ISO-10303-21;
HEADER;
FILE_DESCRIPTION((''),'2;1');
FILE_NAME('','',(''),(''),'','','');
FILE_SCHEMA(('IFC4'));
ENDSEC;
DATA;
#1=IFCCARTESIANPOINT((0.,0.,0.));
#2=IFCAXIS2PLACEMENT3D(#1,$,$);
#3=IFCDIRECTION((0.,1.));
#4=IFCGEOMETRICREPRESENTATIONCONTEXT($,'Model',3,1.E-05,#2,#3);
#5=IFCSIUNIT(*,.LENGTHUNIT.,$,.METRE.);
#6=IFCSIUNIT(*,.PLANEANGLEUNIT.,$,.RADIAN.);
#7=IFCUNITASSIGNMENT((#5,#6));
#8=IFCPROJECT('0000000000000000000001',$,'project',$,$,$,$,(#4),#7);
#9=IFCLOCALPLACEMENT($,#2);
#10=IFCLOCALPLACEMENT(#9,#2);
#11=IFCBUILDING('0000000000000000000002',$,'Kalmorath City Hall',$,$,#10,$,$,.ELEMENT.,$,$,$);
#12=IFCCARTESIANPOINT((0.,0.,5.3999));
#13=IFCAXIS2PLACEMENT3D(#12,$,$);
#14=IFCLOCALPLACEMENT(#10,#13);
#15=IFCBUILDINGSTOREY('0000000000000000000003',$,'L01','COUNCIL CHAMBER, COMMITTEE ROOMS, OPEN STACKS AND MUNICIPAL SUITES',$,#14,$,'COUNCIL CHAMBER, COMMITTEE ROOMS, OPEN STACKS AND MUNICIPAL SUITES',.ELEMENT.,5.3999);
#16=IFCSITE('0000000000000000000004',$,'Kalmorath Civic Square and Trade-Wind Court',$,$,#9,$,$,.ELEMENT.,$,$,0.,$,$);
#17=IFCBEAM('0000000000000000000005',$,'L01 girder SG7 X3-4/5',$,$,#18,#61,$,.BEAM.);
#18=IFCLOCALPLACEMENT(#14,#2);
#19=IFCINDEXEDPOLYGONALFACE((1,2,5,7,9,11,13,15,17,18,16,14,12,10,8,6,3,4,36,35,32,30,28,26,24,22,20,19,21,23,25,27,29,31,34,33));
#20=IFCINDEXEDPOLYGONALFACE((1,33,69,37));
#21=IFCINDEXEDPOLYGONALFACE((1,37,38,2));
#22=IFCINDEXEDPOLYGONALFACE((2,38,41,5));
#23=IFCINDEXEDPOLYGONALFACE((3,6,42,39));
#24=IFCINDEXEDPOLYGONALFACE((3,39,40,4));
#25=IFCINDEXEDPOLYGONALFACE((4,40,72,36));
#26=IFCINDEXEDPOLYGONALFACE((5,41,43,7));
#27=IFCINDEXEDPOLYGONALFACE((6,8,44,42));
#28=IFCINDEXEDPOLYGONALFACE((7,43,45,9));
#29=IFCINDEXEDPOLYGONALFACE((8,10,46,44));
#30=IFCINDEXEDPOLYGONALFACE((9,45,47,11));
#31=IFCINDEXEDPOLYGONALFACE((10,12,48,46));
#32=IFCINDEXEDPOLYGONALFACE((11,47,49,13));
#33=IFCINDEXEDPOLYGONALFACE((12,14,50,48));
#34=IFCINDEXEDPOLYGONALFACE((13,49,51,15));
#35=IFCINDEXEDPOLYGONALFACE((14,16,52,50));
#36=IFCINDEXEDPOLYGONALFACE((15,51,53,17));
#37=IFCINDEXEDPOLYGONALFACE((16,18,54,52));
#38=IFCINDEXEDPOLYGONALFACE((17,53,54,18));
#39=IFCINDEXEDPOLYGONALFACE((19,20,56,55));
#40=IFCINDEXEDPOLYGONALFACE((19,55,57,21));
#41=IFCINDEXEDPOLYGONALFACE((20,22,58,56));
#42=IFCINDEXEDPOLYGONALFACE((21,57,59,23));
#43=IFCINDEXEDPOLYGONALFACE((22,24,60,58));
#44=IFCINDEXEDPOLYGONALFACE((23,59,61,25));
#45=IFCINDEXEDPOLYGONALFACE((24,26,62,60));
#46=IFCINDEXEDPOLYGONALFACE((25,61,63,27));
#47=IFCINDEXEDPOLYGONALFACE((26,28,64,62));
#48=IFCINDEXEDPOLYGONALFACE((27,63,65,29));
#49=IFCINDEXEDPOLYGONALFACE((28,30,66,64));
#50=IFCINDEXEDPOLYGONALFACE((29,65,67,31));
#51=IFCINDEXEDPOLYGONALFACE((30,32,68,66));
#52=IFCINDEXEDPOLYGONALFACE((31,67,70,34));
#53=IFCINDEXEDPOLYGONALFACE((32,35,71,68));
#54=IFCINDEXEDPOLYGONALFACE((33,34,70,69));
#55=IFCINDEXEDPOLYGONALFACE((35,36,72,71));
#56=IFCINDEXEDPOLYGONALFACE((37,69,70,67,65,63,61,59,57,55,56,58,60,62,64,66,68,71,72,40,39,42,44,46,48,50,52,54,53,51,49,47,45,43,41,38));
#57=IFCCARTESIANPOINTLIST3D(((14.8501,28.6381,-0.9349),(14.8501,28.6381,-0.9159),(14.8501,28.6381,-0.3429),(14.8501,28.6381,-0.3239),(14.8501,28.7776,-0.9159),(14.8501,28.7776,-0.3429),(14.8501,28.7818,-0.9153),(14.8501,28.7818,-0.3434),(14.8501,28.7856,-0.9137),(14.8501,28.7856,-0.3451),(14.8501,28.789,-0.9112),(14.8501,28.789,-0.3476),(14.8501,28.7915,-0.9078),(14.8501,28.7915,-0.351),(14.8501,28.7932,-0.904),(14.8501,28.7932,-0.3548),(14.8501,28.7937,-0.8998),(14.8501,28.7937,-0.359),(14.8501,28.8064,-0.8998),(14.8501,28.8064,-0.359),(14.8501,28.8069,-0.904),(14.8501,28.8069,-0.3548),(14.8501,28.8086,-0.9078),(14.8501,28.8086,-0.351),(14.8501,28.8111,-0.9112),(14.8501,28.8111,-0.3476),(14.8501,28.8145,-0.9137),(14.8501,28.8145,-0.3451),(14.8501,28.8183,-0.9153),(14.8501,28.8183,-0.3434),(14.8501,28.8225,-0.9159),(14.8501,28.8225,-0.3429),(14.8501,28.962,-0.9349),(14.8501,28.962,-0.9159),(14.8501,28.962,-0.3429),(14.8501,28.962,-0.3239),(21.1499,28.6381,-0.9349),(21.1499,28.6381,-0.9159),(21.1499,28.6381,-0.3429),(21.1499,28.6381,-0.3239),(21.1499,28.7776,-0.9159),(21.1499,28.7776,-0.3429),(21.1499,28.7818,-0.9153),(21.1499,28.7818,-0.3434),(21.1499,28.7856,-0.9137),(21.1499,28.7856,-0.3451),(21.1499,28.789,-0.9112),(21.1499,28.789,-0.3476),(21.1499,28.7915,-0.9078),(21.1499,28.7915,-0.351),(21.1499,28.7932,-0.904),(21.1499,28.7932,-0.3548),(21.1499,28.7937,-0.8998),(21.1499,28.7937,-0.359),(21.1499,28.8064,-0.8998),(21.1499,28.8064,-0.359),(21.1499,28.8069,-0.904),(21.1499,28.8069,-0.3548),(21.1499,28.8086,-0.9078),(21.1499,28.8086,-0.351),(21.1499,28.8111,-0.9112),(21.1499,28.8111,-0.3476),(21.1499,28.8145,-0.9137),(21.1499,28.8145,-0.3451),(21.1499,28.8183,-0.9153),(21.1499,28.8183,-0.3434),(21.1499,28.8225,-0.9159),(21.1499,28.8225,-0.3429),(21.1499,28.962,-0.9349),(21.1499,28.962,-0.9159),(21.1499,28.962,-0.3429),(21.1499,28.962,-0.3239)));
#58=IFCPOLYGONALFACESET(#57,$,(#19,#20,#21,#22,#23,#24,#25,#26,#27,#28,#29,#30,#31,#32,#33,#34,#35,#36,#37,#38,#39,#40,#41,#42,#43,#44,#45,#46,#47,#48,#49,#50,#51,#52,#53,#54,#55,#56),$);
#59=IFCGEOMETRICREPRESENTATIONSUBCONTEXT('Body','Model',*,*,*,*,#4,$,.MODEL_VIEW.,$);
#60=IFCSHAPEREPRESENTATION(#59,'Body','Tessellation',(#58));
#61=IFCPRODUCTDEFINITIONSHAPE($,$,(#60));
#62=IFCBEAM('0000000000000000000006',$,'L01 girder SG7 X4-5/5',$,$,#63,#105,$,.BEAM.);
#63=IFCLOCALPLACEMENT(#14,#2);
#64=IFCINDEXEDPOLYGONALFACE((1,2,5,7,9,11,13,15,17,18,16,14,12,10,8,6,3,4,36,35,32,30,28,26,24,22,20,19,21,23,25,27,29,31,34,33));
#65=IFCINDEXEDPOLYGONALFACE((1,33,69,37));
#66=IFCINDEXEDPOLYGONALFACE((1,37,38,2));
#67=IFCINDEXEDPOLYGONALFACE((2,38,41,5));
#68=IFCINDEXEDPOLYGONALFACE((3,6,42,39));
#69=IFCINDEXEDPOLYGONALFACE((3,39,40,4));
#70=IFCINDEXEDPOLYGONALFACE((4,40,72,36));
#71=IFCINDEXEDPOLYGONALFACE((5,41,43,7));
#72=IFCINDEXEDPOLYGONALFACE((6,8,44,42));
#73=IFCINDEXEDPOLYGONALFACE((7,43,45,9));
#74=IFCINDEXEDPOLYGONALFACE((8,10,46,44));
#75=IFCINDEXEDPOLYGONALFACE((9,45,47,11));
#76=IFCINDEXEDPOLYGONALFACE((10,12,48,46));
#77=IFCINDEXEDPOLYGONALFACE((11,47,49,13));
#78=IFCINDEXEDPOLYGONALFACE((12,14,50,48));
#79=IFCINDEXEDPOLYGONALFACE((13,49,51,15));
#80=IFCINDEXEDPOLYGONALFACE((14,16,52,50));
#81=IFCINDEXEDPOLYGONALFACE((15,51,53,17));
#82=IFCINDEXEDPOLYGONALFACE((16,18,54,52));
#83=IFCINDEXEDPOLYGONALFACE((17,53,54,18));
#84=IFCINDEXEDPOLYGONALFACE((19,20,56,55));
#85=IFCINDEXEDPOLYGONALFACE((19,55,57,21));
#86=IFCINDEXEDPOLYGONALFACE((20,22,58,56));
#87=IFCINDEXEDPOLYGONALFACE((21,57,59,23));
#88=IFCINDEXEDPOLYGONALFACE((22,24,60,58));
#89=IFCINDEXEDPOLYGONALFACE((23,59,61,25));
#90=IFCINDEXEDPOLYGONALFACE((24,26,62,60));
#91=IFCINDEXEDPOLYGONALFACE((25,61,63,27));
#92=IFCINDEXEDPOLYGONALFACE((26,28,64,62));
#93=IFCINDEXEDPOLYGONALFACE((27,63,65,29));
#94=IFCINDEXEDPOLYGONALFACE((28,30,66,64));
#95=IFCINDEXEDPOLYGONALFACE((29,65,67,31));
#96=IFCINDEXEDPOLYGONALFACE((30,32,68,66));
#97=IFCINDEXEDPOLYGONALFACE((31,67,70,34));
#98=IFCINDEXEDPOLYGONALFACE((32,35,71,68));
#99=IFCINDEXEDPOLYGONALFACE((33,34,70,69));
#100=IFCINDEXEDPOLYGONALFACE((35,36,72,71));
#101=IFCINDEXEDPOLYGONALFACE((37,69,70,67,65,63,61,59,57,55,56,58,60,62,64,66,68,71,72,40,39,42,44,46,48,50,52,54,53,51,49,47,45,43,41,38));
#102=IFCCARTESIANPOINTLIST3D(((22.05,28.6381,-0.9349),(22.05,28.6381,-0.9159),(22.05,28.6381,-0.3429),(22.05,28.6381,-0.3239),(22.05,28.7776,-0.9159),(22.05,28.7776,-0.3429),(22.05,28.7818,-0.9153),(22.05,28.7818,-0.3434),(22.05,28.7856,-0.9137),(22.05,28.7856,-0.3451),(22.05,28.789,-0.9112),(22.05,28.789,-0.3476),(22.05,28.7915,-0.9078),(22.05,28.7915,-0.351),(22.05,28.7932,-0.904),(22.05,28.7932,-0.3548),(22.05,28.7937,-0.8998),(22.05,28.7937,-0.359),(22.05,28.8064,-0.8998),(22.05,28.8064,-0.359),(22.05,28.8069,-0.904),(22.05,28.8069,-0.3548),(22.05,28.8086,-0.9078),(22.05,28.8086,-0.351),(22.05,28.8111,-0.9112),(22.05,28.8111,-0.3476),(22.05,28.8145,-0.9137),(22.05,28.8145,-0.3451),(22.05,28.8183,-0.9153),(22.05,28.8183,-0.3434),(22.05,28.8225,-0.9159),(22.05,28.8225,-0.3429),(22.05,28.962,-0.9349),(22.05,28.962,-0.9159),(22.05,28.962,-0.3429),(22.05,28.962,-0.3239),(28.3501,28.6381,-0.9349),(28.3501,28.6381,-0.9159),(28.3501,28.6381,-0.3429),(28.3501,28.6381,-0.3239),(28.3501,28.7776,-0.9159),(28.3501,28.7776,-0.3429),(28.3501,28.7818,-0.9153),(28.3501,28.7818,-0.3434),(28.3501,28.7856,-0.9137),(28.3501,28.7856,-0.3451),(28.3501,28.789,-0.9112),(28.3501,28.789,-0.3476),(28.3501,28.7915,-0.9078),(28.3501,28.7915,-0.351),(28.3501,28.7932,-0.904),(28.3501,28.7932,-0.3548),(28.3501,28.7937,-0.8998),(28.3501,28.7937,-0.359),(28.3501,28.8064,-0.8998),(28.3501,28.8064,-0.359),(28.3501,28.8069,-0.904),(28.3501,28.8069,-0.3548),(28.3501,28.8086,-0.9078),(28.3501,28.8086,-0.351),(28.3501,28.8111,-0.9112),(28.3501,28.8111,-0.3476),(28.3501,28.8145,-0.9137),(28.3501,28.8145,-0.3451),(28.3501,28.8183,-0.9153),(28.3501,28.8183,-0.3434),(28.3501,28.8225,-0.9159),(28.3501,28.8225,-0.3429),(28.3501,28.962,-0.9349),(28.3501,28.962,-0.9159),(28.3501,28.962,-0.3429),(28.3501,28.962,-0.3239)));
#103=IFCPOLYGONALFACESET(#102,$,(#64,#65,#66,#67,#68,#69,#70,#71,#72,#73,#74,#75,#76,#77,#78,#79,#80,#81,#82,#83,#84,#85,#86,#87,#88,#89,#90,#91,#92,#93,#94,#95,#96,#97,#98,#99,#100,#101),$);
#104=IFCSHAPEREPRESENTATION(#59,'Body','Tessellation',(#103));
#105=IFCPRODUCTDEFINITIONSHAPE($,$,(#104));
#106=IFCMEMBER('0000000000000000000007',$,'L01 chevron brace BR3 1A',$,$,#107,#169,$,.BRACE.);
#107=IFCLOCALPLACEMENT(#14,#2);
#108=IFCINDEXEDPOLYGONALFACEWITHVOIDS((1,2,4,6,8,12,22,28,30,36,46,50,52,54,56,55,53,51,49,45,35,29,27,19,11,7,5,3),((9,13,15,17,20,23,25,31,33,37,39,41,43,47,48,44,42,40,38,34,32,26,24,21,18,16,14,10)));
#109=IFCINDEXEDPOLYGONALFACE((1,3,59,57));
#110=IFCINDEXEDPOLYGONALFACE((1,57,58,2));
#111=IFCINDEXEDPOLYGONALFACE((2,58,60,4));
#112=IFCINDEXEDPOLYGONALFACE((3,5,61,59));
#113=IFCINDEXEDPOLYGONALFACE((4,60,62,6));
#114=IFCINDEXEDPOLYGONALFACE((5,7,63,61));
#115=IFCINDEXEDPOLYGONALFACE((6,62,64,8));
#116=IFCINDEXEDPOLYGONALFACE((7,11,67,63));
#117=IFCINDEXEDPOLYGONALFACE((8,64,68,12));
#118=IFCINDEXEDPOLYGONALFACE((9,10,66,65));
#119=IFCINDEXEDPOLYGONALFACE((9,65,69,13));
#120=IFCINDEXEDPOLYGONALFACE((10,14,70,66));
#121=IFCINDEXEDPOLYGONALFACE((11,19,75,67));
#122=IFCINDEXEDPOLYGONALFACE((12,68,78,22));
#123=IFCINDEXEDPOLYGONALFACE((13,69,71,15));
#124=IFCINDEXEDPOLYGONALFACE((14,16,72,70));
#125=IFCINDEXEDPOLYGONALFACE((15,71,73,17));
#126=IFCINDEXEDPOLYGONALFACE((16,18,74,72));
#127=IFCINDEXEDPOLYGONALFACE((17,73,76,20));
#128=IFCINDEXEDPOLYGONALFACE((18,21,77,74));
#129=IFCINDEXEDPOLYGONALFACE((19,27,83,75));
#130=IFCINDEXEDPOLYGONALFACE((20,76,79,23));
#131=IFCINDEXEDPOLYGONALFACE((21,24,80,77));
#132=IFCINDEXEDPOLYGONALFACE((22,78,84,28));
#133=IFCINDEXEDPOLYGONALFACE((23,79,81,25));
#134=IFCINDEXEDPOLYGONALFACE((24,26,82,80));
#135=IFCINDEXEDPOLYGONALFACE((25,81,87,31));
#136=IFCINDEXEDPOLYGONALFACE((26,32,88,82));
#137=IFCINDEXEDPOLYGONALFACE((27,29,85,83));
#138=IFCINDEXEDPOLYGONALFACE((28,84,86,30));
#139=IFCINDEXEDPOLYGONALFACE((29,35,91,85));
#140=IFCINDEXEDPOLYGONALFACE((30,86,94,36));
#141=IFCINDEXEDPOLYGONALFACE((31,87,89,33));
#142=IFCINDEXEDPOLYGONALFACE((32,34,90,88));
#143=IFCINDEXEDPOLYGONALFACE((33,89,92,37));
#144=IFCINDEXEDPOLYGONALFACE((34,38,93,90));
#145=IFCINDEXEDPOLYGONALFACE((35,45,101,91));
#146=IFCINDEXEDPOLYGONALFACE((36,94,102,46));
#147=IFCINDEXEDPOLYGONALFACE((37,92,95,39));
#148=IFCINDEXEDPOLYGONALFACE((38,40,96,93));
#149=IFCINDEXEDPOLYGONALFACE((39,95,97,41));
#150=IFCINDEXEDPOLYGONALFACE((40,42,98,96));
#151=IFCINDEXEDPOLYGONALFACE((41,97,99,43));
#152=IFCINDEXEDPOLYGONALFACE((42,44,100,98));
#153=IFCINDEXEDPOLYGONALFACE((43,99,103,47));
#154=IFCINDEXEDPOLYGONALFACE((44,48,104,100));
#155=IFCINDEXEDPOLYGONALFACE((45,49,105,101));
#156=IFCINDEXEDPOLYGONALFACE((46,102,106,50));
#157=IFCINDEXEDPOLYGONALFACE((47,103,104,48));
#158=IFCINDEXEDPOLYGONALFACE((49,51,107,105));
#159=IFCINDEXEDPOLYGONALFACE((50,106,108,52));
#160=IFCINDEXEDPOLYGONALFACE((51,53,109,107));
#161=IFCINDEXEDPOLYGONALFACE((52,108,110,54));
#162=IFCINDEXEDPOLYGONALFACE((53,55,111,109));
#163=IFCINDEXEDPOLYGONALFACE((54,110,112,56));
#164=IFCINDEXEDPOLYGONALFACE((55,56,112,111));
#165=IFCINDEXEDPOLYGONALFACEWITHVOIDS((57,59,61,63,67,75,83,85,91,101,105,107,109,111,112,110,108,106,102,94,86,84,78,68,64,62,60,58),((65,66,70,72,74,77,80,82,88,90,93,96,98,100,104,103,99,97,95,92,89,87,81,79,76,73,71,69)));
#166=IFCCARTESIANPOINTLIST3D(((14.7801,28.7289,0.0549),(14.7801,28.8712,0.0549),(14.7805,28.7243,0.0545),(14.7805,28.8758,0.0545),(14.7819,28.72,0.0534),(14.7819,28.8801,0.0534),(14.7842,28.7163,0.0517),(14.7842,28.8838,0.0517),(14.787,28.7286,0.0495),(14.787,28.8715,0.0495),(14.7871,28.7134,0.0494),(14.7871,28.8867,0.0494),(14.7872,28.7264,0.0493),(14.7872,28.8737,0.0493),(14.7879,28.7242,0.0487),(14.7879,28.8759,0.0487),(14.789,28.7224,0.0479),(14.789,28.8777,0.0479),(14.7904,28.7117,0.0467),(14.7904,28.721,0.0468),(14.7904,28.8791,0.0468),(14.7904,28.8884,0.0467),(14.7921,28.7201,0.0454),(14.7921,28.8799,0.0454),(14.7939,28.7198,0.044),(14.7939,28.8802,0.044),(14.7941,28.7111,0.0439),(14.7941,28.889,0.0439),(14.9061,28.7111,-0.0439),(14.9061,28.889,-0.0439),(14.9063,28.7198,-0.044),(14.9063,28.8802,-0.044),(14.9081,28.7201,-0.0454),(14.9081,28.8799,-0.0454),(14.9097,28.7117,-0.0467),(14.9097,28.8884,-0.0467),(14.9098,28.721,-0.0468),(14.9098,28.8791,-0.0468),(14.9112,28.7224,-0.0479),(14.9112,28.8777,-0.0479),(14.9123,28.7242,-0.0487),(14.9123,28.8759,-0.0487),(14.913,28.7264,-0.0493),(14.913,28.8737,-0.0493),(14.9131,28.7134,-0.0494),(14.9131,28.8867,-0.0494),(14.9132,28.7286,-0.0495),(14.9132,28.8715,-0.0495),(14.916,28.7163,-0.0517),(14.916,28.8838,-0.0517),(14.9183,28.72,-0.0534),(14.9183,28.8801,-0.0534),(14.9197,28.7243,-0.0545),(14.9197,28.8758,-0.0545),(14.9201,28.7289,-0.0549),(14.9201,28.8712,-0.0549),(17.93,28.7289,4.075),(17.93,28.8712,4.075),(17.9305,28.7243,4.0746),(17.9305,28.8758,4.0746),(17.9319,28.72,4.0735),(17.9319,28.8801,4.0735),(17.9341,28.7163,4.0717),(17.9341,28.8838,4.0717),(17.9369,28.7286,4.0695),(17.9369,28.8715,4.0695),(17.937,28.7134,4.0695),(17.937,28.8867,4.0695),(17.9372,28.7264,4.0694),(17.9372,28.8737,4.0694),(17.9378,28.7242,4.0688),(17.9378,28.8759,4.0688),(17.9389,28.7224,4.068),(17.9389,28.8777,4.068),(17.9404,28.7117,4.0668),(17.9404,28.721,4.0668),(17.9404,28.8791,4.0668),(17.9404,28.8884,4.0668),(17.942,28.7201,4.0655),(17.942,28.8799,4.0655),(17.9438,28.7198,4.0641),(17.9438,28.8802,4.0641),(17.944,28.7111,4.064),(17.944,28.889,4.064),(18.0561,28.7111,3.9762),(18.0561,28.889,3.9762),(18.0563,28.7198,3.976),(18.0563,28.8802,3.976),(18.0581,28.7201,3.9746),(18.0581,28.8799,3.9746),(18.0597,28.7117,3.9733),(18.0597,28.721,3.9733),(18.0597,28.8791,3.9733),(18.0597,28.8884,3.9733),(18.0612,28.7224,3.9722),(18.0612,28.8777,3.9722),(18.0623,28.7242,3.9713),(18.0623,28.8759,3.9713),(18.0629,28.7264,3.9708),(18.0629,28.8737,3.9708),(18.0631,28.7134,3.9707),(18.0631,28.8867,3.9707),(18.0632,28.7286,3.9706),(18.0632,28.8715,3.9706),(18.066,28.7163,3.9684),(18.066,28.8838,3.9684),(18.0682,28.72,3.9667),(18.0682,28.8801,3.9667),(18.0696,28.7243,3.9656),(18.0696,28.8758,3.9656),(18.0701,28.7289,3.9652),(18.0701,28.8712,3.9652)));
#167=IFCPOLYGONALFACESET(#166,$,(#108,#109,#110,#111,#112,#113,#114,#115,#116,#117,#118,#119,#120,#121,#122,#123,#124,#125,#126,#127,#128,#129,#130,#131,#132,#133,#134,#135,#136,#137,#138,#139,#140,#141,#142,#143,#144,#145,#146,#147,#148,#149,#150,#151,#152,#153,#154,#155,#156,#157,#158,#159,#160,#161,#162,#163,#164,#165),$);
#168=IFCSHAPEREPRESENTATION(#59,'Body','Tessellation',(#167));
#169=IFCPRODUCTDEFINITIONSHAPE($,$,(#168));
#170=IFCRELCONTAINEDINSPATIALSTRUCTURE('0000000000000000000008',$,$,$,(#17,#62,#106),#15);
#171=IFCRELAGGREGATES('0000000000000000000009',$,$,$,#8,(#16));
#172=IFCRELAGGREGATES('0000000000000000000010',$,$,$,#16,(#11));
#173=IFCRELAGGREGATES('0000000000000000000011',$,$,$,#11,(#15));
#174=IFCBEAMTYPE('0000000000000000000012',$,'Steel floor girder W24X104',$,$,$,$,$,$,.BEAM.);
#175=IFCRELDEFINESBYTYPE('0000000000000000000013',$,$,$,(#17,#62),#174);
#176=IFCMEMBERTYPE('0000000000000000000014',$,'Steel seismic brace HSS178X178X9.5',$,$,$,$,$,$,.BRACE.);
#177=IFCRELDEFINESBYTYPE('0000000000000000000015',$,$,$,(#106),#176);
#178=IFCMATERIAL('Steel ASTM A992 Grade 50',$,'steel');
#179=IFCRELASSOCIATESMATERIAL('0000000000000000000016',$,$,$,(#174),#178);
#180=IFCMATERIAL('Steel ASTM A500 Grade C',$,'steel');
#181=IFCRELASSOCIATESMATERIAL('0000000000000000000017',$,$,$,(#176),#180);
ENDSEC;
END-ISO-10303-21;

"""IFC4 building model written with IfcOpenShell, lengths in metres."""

from ifc_helpers import new_model, si_unit, direction, frame, origin, origin_2d, place, context, subcontext, project, spatial, hollow_rectangle, i_section, extrude, material, material_profile, profile_set, type_object, element, save


model = new_model("IFC4")

# Units and contexts
model_context = context("Model", 3, precision=1e-05, world=origin(), true_north=direction((0.0, 1.0)))
body_context = subcontext(model_context, "Body", "Model", "MODEL_VIEW")
ifc_project = project(units=[si_unit("LENGTHUNIT", "METRE"), si_unit("PLANEANGLEUNIT", "RADIAN")], contexts=[model_context])

# Site, building, storey
site_placement = place(None, origin())
site = spatial("IfcSite", under=ifc_project, at=site_placement, Name="Kalmorath Civic Square and Trade-Wind Court", CompositionType="ELEMENT", RefElevation=0.0)
building_placement = place(site_placement, origin())
building = spatial("IfcBuilding", under=site, at=building_placement, Name="Kalmorath City Hall", CompositionType="ELEMENT")
storey_placement = place(building_placement, frame((0.0, 0.0, 5.3999)))
storey = spatial("IfcBuildingStorey", under=building, at=storey_placement, Name="L01", Description="COUNCIL CHAMBER, COMMITTEE ROOMS, OPEN STACKS AND MUNICIPAL SUITES", LongName="COUNCIL CHAMBER, COMMITTEE ROOMS, OPEN STACKS AND MUNICIPAL SUITES", CompositionType="ELEMENT", Elevation=5.3999)

# Beams
ifc_material_1 = material(Name="Steel ASTM A992 Grade 50", Category="steel")
ifc_material_profile_1 = material_profile(ifc_material_1, i_section(OverallWidth=0.324, OverallDepth=0.6111, WebThickness=0.0127, FlangeThickness=0.019, FilletRadius=0.0161, at=origin_2d()), Name="W24X104")
ifc_profile_set_1 = profile_set([ifc_material_profile_1], Name="Steel ASTM A992 Grade 50")
beam_type_1 = type_object("IfcBeamType", Name="Steel floor girder W24X104", PredefinedType="BEAM", material=ifc_profile_set_1)
beam_1_placement = place(storey_placement, frame((14.8501, 28.8, -0.6294), z_axis=(1.0, 0.0, 0.0), x_axis=(0.0, 1.0, 0.0)))
element("IfcBeam", 1, at=beam_1_placement, inside=storey, type_object=beam_type_1, Name="L01 girder SG7 X3-4/5", PredefinedType="BEAM", context=body_context, shape_type="SweptSolid", body=[
    extrude(i_section(OverallWidth=0.324, OverallDepth=0.6111, WebThickness=0.0127, FlangeThickness=0.019, FilletRadius=0.0161, at=origin_2d()), origin(), (0.0, 0.0, 1.0), 6.2998),
])
beam_2_placement = place(storey_placement, frame((22.05, 28.8, -0.6294), z_axis=(1.0, 0.0, 0.0), x_axis=(0.0, 1.0, 0.0)))
element("IfcBeam", 2, at=beam_2_placement, inside=storey, type_object=beam_type_1, Name="L01 girder SG7 X4-5/5", PredefinedType="BEAM", context=body_context, shape_type="SweptSolid", body=[
    extrude(i_section(OverallWidth=0.324, OverallDepth=0.6111, WebThickness=0.0127, FlangeThickness=0.019, FilletRadius=0.0161, at=origin_2d()), origin(), (0.0, 0.0, 1.0), 6.3),
])

# Member
ifc_material_2 = material(Name="Steel ASTM A500 Grade C", Category="steel")
ifc_material_profile_2 = material_profile(ifc_material_2, hollow_rectangle(XDim=0.178, YDim=0.178, WallThickness=0.0088, InnerFilletRadius=0.0088, OuterFilletRadius=0.0178, at=origin_2d()), Name="HSS178X178X9.5")
ifc_profile_set_2 = profile_set([ifc_material_profile_2], Name="Steel ASTM A500 Grade C")
member_type = type_object("IfcMemberType", Name="Steel seismic brace HSS178X178X9.5", PredefinedType="BRACE", material=ifc_profile_set_2)
for number, where, z_axis, x_axis, name in (
    (3, (14.8501, 28.8, 0.0), (0.61677, 0.0, 0.787144), (0.0, 1.0, 0.0), "L01 chevron brace BR3 1A"),
):
    element("IfcMember", number, at=place(storey_placement, frame(where, z_axis=z_axis, x_axis=x_axis)), inside=storey, type_object=member_type, Name=name, PredefinedType="BRACE", context=body_context, shape_type="SweptSolid", body=[
        extrude(hollow_rectangle(XDim=0.178, YDim=0.178, WallThickness=0.0088, InnerFilletRadius=0.0088, OuterFilletRadius=0.0178, at=origin_2d()), origin(), (0.0, 0.0, 1.0), 5.1072),
    ])

save(model, "model.ifc")
